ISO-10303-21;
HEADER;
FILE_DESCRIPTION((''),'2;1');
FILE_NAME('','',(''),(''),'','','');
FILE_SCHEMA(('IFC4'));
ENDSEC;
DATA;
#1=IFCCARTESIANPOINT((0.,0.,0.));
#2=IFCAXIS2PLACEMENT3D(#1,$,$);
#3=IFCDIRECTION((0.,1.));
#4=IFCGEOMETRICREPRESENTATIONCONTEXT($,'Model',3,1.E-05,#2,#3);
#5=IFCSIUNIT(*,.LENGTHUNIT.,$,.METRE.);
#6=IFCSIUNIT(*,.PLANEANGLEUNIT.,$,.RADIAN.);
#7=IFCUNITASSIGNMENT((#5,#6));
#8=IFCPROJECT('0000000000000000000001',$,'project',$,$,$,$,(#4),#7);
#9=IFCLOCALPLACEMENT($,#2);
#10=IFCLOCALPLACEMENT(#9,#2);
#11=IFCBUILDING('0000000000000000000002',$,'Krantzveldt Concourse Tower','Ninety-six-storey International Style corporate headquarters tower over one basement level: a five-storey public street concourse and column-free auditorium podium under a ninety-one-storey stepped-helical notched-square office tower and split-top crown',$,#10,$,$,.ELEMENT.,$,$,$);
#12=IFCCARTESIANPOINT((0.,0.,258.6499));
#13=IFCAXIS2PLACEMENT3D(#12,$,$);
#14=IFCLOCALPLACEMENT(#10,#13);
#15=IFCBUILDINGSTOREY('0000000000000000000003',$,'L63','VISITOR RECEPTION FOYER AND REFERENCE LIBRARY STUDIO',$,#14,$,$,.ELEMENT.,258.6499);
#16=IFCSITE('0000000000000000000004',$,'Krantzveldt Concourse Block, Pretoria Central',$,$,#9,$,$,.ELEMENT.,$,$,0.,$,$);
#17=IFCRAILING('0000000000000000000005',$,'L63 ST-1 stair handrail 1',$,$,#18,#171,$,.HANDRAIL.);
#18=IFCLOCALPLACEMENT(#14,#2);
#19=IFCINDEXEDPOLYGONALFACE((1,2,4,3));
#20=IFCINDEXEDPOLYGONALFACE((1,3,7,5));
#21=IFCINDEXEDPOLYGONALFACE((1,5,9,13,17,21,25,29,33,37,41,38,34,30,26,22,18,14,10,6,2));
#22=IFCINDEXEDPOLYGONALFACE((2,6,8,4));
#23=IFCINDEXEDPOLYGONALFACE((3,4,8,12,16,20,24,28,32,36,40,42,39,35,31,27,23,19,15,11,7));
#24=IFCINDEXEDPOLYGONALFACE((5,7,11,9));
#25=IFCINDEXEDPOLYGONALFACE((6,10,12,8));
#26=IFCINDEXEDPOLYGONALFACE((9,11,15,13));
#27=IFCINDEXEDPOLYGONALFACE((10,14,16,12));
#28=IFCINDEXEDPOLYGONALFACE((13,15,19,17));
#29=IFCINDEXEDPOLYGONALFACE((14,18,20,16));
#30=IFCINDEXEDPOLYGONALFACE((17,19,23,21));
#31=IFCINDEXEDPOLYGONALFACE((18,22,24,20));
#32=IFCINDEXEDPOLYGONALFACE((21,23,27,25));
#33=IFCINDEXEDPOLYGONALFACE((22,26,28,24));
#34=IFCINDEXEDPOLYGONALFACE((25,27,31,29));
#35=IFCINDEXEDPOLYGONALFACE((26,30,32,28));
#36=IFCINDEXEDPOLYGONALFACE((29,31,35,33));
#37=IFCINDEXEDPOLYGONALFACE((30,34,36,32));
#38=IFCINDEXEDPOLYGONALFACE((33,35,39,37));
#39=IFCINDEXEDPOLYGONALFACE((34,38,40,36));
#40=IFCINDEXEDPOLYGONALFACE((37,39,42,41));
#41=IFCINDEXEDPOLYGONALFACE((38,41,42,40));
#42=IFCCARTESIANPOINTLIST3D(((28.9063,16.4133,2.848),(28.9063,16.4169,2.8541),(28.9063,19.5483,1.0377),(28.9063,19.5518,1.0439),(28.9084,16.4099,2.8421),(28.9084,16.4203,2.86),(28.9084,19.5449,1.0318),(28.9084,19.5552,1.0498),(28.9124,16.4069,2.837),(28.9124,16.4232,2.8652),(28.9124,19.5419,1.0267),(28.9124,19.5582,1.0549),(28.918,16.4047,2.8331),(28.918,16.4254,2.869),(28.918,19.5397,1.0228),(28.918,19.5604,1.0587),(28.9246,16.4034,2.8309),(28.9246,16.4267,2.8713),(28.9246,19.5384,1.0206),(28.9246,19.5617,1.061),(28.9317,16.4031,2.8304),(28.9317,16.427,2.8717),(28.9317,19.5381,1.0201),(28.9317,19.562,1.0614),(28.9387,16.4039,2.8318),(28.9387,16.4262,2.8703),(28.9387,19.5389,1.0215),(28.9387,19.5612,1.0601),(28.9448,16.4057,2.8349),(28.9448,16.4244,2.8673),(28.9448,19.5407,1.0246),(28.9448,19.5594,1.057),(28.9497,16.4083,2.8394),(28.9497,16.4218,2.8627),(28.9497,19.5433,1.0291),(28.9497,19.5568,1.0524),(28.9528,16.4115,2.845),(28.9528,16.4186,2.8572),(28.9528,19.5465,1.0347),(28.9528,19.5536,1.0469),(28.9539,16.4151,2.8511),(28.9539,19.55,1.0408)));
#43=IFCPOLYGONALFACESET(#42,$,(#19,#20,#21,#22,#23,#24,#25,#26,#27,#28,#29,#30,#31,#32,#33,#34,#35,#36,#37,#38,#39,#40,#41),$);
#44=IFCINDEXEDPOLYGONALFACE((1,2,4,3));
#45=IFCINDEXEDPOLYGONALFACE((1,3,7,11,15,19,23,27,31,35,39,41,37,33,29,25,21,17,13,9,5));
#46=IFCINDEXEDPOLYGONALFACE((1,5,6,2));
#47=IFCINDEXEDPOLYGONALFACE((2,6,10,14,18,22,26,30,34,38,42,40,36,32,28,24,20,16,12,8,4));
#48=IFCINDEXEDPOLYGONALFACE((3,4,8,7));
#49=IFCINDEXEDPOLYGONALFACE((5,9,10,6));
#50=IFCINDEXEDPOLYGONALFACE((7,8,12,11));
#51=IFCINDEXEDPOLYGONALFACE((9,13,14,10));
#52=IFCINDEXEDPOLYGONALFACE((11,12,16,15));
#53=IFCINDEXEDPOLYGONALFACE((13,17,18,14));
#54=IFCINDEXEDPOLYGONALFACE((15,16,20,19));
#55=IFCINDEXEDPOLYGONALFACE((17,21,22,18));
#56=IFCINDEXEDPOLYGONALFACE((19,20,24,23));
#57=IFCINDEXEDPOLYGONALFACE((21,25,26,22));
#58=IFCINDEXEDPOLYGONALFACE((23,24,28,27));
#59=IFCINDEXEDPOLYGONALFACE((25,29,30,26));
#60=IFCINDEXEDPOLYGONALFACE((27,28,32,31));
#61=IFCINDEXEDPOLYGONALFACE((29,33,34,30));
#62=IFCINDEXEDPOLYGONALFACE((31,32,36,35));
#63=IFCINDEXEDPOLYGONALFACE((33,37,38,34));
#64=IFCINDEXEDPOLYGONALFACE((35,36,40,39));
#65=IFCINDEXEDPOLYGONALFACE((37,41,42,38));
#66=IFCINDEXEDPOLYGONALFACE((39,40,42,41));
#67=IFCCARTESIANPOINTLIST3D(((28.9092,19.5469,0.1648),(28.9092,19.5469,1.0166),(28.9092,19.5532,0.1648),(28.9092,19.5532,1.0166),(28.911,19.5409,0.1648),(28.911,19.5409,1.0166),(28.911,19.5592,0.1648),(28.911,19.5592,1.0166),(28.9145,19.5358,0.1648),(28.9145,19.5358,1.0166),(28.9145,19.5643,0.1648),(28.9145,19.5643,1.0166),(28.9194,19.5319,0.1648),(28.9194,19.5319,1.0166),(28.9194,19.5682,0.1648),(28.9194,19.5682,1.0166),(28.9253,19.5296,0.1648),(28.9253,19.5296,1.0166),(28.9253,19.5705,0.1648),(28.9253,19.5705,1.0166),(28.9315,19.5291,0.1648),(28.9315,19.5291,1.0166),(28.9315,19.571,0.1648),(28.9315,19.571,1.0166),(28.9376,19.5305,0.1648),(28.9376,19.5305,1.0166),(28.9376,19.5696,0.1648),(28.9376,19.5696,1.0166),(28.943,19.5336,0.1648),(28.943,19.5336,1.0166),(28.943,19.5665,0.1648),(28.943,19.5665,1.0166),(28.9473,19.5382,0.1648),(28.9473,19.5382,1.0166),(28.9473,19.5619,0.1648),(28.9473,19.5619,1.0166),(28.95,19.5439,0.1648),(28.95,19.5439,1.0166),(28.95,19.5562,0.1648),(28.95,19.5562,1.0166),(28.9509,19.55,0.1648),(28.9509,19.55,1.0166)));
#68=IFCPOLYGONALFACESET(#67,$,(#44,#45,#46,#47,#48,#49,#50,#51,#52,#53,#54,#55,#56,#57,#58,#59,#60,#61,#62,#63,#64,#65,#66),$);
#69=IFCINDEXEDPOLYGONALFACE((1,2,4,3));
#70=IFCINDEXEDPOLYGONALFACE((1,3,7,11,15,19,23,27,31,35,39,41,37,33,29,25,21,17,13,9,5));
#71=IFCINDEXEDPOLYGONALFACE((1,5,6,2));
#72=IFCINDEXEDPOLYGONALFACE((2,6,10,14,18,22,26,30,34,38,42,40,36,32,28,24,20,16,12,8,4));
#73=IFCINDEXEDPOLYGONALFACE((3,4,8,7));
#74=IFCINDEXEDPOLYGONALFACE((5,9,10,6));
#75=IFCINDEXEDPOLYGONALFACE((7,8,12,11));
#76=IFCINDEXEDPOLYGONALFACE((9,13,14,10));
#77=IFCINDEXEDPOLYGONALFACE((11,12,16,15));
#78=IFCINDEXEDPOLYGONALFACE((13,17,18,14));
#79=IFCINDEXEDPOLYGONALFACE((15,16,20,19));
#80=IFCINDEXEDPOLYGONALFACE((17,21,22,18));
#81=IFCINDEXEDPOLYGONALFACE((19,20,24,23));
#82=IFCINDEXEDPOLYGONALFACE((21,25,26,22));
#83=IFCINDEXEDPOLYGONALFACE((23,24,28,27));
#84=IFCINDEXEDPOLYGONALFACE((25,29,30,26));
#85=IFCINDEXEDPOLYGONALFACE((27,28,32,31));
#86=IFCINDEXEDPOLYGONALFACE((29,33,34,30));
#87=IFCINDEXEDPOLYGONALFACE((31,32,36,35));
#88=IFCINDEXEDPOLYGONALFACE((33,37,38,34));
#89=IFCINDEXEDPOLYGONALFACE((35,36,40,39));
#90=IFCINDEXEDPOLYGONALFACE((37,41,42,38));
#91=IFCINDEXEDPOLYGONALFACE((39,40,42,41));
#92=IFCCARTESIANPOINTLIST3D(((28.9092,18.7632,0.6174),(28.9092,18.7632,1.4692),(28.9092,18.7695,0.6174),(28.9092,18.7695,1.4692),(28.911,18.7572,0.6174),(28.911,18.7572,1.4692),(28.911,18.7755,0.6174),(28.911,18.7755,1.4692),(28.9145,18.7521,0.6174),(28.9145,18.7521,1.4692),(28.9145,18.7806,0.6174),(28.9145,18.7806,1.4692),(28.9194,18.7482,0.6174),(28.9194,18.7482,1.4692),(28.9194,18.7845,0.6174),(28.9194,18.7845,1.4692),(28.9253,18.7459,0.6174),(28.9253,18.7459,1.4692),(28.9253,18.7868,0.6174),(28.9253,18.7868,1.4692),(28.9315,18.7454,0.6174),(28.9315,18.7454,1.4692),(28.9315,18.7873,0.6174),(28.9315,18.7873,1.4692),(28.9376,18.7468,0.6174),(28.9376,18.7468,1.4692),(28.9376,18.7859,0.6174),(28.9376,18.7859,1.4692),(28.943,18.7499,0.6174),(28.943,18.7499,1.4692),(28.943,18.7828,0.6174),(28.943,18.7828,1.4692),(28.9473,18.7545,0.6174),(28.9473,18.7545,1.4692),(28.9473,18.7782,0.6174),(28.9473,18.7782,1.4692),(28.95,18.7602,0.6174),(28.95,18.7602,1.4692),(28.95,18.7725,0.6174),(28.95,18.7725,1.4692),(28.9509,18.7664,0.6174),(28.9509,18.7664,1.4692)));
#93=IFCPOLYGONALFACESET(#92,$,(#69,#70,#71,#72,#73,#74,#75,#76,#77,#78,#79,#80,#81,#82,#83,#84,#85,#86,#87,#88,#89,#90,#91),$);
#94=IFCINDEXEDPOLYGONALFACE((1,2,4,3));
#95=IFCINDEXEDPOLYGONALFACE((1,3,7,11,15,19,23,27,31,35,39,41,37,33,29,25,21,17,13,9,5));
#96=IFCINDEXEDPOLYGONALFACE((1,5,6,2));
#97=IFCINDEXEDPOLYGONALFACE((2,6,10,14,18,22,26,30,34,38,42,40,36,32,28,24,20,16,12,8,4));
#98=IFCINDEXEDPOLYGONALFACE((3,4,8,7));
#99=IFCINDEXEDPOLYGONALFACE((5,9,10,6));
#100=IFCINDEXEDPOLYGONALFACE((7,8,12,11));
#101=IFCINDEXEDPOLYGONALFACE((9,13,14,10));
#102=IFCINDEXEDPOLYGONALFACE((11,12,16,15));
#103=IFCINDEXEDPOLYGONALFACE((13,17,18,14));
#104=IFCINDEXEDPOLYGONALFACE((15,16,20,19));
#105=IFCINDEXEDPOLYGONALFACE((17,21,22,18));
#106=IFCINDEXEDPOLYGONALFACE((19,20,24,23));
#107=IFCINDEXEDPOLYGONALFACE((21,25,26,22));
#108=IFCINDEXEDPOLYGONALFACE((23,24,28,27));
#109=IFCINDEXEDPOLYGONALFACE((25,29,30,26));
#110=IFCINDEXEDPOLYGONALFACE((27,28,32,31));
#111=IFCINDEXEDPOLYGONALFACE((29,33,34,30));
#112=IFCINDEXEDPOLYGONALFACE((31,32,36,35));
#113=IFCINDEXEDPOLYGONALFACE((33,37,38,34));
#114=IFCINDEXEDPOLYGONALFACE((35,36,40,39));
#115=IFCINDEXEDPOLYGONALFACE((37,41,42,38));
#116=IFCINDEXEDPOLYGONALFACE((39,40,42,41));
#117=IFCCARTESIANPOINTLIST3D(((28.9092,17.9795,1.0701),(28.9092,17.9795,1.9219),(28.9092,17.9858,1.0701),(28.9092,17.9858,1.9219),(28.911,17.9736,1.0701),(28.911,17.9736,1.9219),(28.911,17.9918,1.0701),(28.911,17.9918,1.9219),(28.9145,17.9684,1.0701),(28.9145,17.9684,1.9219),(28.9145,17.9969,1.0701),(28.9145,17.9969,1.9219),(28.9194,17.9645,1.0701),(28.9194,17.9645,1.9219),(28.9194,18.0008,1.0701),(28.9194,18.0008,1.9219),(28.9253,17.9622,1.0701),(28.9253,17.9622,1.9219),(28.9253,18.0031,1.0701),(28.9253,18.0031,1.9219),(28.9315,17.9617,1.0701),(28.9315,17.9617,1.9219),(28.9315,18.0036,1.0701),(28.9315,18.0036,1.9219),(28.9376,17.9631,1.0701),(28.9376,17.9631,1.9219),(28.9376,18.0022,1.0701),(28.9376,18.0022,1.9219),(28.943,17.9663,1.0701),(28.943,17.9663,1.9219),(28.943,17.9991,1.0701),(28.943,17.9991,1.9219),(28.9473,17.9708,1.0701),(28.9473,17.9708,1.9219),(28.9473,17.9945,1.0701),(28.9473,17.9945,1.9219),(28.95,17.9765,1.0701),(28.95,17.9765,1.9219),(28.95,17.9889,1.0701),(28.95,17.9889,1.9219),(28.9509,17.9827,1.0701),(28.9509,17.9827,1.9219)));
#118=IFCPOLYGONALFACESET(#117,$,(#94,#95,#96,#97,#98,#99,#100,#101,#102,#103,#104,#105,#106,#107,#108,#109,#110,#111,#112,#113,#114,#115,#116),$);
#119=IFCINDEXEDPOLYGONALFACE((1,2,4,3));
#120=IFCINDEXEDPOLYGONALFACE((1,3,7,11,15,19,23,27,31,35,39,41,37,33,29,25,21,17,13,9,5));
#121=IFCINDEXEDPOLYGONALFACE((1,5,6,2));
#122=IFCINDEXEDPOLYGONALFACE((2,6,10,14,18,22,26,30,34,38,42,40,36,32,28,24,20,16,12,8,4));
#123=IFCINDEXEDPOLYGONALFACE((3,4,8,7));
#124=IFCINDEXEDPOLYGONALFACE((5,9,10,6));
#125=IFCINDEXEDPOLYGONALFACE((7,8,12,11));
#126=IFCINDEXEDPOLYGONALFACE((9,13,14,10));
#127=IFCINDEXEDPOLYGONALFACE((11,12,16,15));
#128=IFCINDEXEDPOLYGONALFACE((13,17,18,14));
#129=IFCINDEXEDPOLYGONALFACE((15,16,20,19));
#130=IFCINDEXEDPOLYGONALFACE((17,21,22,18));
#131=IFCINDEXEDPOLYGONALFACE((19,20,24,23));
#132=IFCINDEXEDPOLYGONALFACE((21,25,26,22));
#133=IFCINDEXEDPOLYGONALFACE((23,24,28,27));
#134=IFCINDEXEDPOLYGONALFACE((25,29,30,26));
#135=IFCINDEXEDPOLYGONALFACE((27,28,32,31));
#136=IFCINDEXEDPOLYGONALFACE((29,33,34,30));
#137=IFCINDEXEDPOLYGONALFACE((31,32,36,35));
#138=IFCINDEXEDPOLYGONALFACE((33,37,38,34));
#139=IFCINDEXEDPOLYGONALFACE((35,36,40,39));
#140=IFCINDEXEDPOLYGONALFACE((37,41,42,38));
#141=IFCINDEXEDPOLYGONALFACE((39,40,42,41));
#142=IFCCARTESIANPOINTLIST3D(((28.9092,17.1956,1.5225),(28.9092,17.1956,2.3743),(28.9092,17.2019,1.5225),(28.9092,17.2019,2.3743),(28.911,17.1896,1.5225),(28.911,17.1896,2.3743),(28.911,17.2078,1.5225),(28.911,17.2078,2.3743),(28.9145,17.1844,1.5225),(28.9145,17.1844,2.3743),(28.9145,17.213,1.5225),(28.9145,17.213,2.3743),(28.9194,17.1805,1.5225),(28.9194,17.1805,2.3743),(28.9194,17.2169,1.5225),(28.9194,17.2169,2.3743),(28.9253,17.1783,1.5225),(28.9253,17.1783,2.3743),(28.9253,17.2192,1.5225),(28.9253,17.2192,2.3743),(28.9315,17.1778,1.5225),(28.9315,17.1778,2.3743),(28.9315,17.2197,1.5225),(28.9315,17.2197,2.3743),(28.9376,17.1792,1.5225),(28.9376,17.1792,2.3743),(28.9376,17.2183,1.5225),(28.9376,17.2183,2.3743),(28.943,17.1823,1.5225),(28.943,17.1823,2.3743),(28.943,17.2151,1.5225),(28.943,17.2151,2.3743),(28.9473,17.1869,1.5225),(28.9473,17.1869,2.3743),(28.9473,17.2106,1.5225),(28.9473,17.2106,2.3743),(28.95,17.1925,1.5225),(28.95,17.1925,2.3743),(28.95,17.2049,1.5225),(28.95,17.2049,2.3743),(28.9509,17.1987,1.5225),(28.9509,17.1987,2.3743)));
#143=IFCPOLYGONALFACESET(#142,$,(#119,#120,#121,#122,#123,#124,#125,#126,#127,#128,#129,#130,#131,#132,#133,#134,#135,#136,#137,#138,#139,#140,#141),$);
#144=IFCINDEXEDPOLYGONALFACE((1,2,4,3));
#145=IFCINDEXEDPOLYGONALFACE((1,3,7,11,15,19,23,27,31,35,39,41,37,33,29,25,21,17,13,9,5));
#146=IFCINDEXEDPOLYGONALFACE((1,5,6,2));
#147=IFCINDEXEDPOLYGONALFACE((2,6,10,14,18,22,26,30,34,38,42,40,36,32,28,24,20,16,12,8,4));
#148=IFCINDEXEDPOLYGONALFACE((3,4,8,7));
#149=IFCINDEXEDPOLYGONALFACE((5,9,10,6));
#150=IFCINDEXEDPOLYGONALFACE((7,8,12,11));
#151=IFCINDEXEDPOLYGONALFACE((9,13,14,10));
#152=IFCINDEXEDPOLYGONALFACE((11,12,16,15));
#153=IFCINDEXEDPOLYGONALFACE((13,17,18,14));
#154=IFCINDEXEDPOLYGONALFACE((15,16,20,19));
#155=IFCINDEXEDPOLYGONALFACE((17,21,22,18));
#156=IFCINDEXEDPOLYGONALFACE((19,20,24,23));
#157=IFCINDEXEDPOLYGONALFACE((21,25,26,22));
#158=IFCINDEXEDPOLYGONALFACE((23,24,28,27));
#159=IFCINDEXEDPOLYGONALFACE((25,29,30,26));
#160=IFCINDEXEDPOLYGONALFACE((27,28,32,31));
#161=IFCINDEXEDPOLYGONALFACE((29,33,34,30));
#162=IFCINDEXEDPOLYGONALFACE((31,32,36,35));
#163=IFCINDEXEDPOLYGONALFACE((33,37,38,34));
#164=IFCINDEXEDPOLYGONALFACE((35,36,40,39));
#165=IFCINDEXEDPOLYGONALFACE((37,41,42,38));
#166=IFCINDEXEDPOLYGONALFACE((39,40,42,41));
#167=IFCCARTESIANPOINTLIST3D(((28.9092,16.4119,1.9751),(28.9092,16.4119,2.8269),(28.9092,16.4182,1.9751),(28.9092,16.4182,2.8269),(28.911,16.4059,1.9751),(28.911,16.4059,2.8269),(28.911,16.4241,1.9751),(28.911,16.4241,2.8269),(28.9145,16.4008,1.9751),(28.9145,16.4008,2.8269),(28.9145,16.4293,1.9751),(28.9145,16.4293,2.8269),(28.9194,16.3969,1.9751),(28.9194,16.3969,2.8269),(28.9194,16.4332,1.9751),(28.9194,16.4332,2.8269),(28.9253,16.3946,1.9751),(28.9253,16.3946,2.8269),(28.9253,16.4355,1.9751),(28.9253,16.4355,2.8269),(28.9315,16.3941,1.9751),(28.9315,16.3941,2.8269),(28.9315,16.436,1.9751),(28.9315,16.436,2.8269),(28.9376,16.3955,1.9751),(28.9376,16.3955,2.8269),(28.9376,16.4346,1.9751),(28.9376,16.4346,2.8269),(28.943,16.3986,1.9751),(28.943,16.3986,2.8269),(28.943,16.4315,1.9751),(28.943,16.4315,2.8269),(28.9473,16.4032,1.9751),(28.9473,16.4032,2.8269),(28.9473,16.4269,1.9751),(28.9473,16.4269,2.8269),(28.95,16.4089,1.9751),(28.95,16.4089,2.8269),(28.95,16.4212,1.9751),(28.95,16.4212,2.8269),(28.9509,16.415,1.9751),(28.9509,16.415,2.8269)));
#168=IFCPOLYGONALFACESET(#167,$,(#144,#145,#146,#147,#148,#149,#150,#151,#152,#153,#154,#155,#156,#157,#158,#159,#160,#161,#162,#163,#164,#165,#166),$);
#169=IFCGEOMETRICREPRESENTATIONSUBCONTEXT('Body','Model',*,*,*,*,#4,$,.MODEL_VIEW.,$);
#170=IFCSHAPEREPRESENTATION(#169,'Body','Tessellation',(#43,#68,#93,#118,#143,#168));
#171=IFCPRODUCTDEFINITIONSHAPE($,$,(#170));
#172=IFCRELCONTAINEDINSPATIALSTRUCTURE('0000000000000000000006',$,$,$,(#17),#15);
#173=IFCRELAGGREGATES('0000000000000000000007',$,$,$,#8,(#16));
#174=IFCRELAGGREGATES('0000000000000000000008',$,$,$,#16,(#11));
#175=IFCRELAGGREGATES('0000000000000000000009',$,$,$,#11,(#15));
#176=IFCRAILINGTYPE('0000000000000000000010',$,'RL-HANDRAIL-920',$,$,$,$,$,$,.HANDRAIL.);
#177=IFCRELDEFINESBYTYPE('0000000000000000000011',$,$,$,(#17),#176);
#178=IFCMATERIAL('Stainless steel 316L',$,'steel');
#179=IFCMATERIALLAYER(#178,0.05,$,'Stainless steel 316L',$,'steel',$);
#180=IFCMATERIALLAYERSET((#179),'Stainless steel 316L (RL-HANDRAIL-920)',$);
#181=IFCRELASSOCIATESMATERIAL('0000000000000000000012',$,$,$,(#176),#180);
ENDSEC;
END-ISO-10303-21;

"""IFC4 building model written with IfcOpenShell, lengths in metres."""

from ifc_helpers import new_model, si_unit, direction, frame, origin, origin_2d, place, context, subcontext, project, spatial, circle, extrude, material, layer, layer_set, type_object, element, save


model = new_model("IFC4")

# Units and contexts
model_context = context("Model", 3, precision=1e-05, world=origin(), true_north=direction((0.0, 1.0)))
body_context = subcontext(model_context, "Body", "Model", "MODEL_VIEW")
ifc_project = project(units=[si_unit("LENGTHUNIT", "METRE"), si_unit("PLANEANGLEUNIT", "RADIAN")], contexts=[model_context])

# Site, building, storey
site_placement = place(None, origin())
site = spatial("IfcSite", under=ifc_project, at=site_placement, Name="Krantzveldt Concourse Block, Pretoria Central", CompositionType="ELEMENT", RefElevation=0.0)
building_placement = place(site_placement, origin())
building = spatial("IfcBuilding", under=site, at=building_placement, Name="Krantzveldt Concourse Tower", Description="Ninety-six-storey International Style corporate headquarters tower over one basement level: a five-storey public street concourse and column-free auditorium podium under a ninety-one-storey stepped-helical notched-square office tower and split-top crown", CompositionType="ELEMENT")
storey_placement = place(building_placement, frame((0.0, 0.0, 258.6499)))
storey = spatial("IfcBuildingStorey", under=building, at=storey_placement, Name="L63", Description="VISITOR RECEPTION FOYER AND REFERENCE LIBRARY STUDIO", CompositionType="ELEMENT", Elevation=258.6499)

# Railing
ifc_material_1 = material(Name="Stainless steel 316L", Category="steel")
ifc_layer_1 = layer(ifc_material_1, 0.05, Name="Stainless steel 316L", Category="steel")
ifc_layer_set_1 = layer_set([ifc_layer_1], Name="Stainless steel 316L (RL-HANDRAIL-920)")
railing_type_1 = type_object("IfcRailingType", Name="RL-HANDRAIL-920", PredefinedType="HANDRAIL", material=ifc_layer_set_1)
railing_1_placement = place(storey_placement, frame((28.9299, 19.55, 0.1648)))
element("IfcRailing", 1, at=railing_1_placement, inside=storey, type_object=railing_type_1, Name="L63 ST-1 stair handrail 1", PredefinedType="HANDRAIL", context=body_context, shape_type="SweptSolid", body=[
    extrude(circle(Radius=0.0239, at=origin_2d()), frame((0.0, 0.0, 0.876), z_axis=(0.0, -0.865989, 0.500063), x_axis=(1.0, 0.0, 0.0)), (0.0, 0.0, 1.0), 3.6201),
    extrude(circle(Radius=0.021, at=origin_2d()), origin(), (0.0, 0.0, 1.0), 0.8518),
    extrude(circle(Radius=0.021, at=origin_2d()), frame((0.0, -0.7837, 0.4526)), (0.0, 0.0, 1.0), 0.8518),
    extrude(circle(Radius=0.021, at=origin_2d()), frame((0.0, -1.5674, 0.9053)), (0.0, 0.0, 1.0), 0.8518),
    extrude(circle(Radius=0.021, at=origin_2d()), frame((0.0, -2.3513, 1.3577)), (0.0, 0.0, 1.0), 0.8518),
    extrude(circle(Radius=0.021, at=origin_2d()), frame((0.0, -3.135, 1.8103)), (0.0, 0.0, 1.0), 0.8518),
])

save(model, "model.ifc")
